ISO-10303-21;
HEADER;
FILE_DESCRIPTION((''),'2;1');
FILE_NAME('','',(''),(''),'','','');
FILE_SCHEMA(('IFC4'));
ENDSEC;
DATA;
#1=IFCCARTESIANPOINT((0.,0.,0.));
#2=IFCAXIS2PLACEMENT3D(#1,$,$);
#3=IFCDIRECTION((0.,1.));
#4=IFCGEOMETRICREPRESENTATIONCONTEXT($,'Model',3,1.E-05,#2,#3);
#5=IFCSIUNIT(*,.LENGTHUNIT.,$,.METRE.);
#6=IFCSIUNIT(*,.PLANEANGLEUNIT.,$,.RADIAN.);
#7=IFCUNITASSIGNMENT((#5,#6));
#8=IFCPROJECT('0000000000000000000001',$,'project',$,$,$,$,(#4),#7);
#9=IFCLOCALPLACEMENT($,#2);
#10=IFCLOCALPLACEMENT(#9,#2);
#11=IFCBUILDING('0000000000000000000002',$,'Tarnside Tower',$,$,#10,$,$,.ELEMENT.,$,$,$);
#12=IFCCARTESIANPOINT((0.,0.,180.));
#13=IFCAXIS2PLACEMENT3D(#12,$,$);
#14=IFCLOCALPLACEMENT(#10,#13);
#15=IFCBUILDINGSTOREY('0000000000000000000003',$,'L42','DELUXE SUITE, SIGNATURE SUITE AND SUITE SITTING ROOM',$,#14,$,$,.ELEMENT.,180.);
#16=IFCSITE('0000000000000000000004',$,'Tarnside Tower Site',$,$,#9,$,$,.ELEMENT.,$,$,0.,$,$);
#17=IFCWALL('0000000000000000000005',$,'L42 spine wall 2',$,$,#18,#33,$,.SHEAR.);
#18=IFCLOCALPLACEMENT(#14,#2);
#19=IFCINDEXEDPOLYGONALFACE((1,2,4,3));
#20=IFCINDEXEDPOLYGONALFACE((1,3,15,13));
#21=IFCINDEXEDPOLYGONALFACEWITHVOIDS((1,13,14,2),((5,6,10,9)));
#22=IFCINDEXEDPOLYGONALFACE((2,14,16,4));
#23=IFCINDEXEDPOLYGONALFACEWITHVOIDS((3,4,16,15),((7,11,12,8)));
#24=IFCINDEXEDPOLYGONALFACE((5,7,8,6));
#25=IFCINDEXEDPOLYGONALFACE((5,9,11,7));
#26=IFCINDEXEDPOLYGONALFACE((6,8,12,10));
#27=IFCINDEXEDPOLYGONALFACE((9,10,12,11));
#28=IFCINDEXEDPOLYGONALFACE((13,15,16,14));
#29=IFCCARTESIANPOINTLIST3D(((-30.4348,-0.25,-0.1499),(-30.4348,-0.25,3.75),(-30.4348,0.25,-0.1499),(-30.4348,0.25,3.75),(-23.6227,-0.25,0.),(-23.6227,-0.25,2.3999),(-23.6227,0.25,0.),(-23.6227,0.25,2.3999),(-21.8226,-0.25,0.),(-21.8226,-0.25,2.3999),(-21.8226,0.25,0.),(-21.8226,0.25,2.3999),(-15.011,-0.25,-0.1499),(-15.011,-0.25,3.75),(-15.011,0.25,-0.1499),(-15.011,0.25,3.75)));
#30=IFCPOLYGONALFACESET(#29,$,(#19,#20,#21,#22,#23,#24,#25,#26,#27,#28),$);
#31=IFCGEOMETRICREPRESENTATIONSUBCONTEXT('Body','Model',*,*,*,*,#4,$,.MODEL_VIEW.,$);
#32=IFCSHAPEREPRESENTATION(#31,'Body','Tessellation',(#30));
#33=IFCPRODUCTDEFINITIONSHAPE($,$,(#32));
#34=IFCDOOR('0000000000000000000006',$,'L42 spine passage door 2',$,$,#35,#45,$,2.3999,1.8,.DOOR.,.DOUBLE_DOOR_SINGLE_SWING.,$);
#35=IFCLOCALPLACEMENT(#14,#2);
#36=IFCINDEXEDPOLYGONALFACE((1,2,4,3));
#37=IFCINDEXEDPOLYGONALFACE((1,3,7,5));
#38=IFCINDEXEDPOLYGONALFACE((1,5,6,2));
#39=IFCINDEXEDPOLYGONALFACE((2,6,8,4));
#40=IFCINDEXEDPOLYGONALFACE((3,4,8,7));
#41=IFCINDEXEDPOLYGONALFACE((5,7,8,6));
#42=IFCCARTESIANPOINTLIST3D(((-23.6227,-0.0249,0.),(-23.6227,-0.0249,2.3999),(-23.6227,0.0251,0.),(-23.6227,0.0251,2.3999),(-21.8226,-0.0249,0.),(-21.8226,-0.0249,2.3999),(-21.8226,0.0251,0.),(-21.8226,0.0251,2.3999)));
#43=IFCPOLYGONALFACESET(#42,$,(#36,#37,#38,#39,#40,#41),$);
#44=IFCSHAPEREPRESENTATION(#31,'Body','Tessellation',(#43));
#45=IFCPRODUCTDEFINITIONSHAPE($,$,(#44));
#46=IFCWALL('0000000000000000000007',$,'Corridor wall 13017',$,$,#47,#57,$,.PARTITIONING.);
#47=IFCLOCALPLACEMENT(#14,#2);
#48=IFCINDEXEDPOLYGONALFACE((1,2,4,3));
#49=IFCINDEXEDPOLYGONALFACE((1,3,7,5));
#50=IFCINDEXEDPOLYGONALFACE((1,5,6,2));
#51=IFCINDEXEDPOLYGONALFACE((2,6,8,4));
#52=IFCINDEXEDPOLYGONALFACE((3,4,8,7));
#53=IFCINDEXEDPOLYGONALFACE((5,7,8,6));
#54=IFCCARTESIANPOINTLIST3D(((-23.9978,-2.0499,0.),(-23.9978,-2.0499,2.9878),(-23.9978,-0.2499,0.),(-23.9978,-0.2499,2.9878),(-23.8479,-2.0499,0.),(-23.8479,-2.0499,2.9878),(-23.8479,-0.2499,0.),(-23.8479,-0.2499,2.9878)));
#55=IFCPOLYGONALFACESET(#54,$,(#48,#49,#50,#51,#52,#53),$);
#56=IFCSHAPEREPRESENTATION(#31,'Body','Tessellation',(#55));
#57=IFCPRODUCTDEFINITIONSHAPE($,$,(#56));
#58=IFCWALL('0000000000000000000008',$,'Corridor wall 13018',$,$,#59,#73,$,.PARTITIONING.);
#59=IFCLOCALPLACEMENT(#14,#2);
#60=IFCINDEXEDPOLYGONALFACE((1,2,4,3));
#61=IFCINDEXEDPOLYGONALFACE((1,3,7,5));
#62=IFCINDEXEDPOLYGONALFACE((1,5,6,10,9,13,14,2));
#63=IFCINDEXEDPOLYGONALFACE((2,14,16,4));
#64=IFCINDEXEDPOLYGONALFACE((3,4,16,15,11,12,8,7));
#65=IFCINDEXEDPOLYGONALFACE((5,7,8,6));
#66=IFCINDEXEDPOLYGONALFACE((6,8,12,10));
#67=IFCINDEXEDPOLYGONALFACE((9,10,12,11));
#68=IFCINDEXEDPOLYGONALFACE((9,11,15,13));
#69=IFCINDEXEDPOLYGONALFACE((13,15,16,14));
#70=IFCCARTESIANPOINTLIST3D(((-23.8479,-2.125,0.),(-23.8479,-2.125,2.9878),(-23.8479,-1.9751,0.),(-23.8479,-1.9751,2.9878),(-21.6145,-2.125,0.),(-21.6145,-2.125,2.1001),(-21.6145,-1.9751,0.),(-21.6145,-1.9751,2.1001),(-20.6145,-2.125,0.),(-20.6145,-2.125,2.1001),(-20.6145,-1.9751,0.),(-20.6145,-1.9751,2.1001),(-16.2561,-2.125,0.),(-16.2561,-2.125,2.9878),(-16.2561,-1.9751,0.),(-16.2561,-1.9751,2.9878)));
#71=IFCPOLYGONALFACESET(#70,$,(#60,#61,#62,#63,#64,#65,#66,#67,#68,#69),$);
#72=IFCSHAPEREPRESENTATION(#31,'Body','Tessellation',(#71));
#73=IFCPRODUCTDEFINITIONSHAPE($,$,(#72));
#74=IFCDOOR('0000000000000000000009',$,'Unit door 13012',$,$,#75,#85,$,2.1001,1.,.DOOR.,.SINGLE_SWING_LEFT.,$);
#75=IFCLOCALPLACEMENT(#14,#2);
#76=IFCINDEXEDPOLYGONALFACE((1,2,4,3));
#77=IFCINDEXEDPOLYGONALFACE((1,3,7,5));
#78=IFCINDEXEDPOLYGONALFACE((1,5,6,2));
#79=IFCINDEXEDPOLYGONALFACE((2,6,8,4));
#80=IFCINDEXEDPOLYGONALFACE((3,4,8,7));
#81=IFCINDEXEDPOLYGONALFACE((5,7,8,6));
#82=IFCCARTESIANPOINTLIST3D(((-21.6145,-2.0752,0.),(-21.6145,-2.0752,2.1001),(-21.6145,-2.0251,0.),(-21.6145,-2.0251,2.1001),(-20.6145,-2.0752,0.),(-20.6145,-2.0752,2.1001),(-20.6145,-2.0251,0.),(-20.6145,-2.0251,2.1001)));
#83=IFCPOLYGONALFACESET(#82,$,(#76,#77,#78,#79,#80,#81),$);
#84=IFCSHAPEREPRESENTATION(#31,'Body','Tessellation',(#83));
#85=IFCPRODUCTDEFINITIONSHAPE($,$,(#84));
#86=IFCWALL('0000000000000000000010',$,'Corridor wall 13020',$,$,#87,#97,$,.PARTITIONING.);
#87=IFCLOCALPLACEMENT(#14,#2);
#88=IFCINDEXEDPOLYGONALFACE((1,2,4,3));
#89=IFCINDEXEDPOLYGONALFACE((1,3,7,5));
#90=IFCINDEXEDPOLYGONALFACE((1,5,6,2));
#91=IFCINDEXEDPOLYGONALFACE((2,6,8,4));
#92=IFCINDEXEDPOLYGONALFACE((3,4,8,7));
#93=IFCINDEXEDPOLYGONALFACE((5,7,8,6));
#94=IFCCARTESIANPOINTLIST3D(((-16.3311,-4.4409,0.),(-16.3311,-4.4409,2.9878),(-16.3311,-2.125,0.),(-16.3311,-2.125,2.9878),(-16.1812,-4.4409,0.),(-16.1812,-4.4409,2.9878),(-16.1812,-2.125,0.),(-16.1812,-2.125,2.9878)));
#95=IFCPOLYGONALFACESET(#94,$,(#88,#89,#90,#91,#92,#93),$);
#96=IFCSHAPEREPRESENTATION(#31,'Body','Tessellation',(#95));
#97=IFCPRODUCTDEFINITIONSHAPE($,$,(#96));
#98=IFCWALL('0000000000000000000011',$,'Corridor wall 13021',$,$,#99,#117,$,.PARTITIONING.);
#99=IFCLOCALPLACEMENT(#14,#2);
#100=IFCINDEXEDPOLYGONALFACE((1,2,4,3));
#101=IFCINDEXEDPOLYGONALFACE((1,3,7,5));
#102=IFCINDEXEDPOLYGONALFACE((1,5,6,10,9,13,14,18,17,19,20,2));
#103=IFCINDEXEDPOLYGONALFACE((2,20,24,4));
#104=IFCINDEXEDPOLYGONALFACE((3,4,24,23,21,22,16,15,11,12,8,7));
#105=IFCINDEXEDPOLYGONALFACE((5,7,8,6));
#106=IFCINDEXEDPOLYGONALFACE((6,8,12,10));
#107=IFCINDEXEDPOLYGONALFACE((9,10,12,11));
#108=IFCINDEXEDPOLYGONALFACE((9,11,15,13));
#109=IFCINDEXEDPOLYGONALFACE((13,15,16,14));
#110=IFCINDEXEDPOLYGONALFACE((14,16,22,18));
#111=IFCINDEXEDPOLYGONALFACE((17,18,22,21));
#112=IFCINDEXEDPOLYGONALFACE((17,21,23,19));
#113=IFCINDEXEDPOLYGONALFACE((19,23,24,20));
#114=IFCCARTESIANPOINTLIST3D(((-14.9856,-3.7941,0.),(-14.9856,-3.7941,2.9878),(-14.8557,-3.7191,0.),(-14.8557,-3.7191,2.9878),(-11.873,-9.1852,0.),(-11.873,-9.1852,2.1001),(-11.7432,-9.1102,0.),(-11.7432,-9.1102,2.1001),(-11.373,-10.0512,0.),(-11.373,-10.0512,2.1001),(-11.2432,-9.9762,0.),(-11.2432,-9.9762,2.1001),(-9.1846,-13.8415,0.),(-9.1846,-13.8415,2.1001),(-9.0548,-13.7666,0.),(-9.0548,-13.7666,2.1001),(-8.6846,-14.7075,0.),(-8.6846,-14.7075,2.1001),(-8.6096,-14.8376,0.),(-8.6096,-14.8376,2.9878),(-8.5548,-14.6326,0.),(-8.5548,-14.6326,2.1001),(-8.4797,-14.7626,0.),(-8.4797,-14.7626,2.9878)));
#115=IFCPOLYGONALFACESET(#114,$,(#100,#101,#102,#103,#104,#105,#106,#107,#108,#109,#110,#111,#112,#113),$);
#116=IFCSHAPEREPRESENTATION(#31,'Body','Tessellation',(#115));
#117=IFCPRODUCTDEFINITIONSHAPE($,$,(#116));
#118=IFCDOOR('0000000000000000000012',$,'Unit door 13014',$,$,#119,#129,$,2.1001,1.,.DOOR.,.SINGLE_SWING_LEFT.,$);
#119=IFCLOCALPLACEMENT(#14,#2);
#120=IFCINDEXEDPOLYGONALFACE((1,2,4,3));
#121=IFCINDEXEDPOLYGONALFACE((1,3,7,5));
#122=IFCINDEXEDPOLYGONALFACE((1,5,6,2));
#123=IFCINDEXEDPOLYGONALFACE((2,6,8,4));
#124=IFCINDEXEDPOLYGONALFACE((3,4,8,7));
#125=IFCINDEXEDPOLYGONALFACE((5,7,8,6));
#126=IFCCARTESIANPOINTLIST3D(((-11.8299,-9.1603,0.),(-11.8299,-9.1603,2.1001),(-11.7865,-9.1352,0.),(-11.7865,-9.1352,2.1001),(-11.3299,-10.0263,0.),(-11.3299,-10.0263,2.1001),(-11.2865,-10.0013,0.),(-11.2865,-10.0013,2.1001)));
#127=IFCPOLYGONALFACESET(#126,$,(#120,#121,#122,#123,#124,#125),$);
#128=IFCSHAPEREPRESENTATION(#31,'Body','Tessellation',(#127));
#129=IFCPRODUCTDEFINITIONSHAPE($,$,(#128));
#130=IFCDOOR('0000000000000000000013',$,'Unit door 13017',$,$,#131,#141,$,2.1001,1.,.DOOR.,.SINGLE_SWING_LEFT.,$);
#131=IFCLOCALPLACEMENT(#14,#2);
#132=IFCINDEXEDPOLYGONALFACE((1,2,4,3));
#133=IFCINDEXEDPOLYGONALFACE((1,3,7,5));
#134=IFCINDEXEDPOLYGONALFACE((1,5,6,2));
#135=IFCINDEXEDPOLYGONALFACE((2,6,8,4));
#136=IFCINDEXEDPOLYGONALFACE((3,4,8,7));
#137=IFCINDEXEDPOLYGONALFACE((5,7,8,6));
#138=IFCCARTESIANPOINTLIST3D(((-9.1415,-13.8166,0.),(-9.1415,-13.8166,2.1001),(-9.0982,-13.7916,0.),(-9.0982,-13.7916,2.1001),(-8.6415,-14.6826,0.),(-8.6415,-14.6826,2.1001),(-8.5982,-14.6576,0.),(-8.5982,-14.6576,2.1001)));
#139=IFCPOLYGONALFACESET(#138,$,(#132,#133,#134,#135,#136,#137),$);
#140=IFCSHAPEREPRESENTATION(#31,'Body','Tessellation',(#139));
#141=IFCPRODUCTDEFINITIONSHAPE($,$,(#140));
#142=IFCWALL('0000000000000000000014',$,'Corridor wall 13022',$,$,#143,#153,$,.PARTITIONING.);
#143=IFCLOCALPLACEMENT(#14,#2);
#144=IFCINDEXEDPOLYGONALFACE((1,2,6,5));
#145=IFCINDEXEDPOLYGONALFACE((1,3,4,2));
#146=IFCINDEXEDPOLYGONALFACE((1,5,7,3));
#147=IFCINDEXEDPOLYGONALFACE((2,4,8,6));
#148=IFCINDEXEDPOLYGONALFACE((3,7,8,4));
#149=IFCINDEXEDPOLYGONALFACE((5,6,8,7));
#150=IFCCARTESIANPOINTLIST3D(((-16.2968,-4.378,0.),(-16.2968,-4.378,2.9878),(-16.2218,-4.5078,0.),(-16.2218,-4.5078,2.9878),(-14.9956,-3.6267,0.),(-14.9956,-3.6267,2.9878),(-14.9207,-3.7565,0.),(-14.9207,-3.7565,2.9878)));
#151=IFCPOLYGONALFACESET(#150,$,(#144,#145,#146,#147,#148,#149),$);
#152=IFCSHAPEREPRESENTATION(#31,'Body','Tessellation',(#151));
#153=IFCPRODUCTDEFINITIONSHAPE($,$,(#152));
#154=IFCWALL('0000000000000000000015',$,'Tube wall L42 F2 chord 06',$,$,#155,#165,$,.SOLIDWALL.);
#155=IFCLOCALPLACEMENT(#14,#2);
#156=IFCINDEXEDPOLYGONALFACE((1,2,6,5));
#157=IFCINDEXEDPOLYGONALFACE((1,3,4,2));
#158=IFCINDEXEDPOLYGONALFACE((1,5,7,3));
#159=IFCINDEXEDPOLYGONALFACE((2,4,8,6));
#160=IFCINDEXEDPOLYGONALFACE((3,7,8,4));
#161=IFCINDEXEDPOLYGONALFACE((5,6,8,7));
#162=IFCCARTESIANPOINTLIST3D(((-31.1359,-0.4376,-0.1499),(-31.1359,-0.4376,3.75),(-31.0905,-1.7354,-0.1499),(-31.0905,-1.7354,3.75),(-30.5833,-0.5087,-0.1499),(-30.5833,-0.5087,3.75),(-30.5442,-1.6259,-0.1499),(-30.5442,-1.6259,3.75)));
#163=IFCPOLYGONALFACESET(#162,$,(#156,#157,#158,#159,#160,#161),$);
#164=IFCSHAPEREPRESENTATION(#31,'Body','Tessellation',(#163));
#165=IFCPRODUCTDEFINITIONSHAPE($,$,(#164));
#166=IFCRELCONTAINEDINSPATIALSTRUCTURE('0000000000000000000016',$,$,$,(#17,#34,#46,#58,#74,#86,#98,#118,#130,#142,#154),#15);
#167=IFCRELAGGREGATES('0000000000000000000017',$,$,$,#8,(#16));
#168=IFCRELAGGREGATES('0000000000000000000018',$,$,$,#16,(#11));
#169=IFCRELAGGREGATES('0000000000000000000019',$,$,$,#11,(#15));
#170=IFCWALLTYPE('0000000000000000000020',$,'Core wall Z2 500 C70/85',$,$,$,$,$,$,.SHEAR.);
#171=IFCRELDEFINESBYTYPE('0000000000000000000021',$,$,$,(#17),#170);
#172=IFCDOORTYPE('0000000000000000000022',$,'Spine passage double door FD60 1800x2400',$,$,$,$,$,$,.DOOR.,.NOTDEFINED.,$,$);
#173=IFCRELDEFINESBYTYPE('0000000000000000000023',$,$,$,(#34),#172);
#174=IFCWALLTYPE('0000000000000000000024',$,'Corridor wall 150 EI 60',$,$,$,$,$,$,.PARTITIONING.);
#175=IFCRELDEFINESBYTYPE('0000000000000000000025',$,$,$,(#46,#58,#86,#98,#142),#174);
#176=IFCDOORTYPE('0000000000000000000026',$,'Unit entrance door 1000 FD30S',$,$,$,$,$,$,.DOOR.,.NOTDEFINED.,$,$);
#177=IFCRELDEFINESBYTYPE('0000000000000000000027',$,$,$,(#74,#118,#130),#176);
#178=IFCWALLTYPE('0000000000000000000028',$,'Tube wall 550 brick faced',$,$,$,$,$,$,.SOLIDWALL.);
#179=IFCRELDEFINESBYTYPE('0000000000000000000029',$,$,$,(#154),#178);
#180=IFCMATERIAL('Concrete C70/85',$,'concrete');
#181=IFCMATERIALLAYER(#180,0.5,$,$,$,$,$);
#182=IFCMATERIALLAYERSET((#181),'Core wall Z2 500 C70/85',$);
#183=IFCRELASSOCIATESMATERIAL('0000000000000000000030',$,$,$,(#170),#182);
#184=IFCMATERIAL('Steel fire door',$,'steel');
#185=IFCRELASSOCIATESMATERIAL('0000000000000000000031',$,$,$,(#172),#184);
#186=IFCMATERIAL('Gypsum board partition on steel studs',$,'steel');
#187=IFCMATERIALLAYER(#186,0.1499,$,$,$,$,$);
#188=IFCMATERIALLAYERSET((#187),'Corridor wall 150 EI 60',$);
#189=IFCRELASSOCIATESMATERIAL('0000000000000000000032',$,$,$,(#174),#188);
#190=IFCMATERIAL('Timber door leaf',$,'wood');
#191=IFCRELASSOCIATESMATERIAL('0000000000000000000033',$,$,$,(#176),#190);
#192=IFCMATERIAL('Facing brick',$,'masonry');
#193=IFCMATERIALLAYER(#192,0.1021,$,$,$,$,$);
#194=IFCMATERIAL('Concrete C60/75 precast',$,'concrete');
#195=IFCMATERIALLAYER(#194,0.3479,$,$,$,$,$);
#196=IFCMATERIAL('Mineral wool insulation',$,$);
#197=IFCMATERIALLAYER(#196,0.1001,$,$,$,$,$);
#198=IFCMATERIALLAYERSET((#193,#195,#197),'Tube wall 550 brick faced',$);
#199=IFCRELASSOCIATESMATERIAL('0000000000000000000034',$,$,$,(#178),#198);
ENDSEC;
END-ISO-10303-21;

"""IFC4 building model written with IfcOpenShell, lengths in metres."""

from ifc_helpers import new_model, si_unit, direction, frame, frame_2d, origin, place, context, subcontext, project, spatial, polyline, rectangle, outline, extrude, material, layer, layer_set, type_object, element, fill, save


model = new_model("IFC4")

# Units and contexts
model_context = context("Model", 3, precision=1e-05, world=origin(), true_north=direction((0.0, 1.0)))
body_context = subcontext(model_context, "Body", "Model", "MODEL_VIEW")
ifc_project = project(units=[si_unit("LENGTHUNIT", "METRE"), si_unit("PLANEANGLEUNIT", "RADIAN")], contexts=[model_context])

# Site, building, storey
site_placement = place(None, origin())
site = spatial("IfcSite", under=ifc_project, at=site_placement, Name="Tarnside Tower Site", CompositionType="ELEMENT", RefElevation=0.0)
building_placement = place(site_placement, origin())
building = spatial("IfcBuilding", under=site, at=building_placement, Name="Tarnside Tower", CompositionType="ELEMENT")
storey_placement = place(building_placement, frame((0.0, 0.0, 180.0)))
storey = spatial("IfcBuildingStorey", under=building, at=storey_placement, Name="L42", Description="DELUXE SUITE, SIGNATURE SUITE AND SUITE SITTING ROOM", CompositionType="ELEMENT", Elevation=180.0)

# Shared definitions
ifc_material_1 = material(Name="Gypsum board partition on steel studs", Category="steel")

# Wall, opening, door
ifc_material_2 = material(Name="Timber door leaf", Category="wood")
ifc_material_3 = material(Name="Concrete C70/85", Category="concrete")
ifc_layer_1 = layer(ifc_material_3, 0.5)
ifc_layer_set_1 = layer_set([ifc_layer_1], Name="Core wall Z2 500 C70/85")
wall_type_1 = type_object("IfcWallType", Name="Core wall Z2 500 C70/85", PredefinedType="SHEAR", material=ifc_layer_set_1)
wall_1_placement = place(storey_placement, frame((-15.011, 0.0, -0.1499), z_axis=(0.0, 0.0, 1.0), x_axis=(-1.0, 0.0, 0.0)))
wall_1 = element("IfcWall", 1, at=wall_1_placement, inside=storey, type_object=wall_type_1, Name="L42 spine wall 2", PredefinedType="SHEAR", context=body_context, shape_type="SweptSolid", body=[
    extrude(rectangle(XDim=15.4238, YDim=0.5, at=frame_2d((7.7119, 0.0))), origin(), (0.0, 0.0, 1.0), 3.8999),
])
opening_1_placement = place(wall_1_placement, frame((6.8118, 0.0, 0.1499)))
opening_1 = element("IfcOpeningElement", 2, at=opening_1_placement, cuts=wall_1, PredefinedType="OPENING", context=body_context, shape_type="SweptSolid", body=[
    extrude(rectangle(XDim=1.8, YDim=2.3999, at=frame_2d((0.8999, 1.2))), frame((0.0, 0.26, 0.0), z_axis=(0.0, -1.0, 0.0), x_axis=(1.0, 0.0, 0.0)), (0.0, 0.0, 1.0), 0.52),
])
ifc_material_4 = material(Name="Steel fire door", Category="steel")
door_type_1 = type_object("IfcDoorType", Name="Spine passage double door FD60 1800x2400", OperationType="NOTDEFINED", PredefinedType="DOOR", material=ifc_material_4)
door_1_placement = place(opening_1_placement, origin())
door_1 = element("IfcDoor", 3, at=door_1_placement, inside=storey, type_object=door_type_1, Name="L42 spine passage door 2", OperationType="DOUBLE_DOOR_SINGLE_SWING", OverallHeight=2.3999, OverallWidth=1.8, PredefinedType="DOOR", context=body_context, shape_type="SweptSolid", body=[
    extrude(rectangle(XDim=1.8, YDim=2.3999, at=frame_2d((0.8999, 1.2))), frame((0.0, 0.0249, 0.0), z_axis=(0.0, -1.0, 0.0), x_axis=(1.0, 0.0, 0.0)), (0.0, 0.0, 1.0), 0.05),
])
fill(opening_1, door_1)

# Wall
ifc_layer_2 = layer(ifc_material_1, 0.1499)
ifc_layer_set_2 = layer_set([ifc_layer_2], Name="Corridor wall 150 EI 60")
wall_type_2 = type_object("IfcWallType", Name="Corridor wall 150 EI 60", PredefinedType="PARTITIONING", material=ifc_layer_set_2)
wall_2_placement = place(storey_placement, frame((-23.9229, -0.25, 0.0), z_axis=(0.0, 0.0, 1.0), x_axis=(0.0, -1.0, 0.0)))
element("IfcWall", 4, at=wall_2_placement, inside=storey, type_object=wall_type_2, Name="Corridor wall 13017", PredefinedType="PARTITIONING", context=body_context, shape_type="SweptSolid", body=[
    extrude(rectangle(XDim=1.8, YDim=0.1499, at=frame_2d((0.8999, 0.0))), origin(), (0.0, 0.0, 1.0), 2.9878),
])

# Wall, opening, door
wall_3_placement = place(storey_placement, frame((-23.8479, -2.05, 0.0), z_axis=(0.0, 0.0, 1.0), x_axis=(1.0, 0.0, 0.0)))
wall_3 = element("IfcWall", 5, at=wall_3_placement, inside=storey, type_object=wall_type_2, Name="Corridor wall 13018", PredefinedType="PARTITIONING", context=body_context, shape_type="SweptSolid", body=[
    extrude(rectangle(XDim=7.5918, YDim=0.1499, at=frame_2d((3.7959, 0.0))), origin(), (0.0, 0.0, 1.0), 2.9878),
])
opening_2_placement = place(wall_3_placement, frame((2.2334, 0.0, 0.0)))
opening_2 = element("IfcOpeningElement", 6, at=opening_2_placement, cuts=wall_3, PredefinedType="OPENING", context=body_context, shape_type="SweptSolid", body=[
    extrude(rectangle(XDim=1.0, YDim=2.1001, at=frame_2d((0.5, 1.05))), frame((0.0, 0.085, 0.0), z_axis=(0.0, -1.0, 0.0), x_axis=(1.0, 0.0, 0.0)), (0.0, 0.0, 1.0), 0.1699),
])
door_type_2 = type_object("IfcDoorType", Name="Unit entrance door 1000 FD30S", OperationType="NOTDEFINED", PredefinedType="DOOR", material=ifc_material_2)
door_2_placement = place(opening_2_placement, origin())
door_2 = element("IfcDoor", 7, at=door_2_placement, inside=storey, type_object=door_type_2, Name="Unit door 13012", OperationType="SINGLE_SWING_LEFT", OverallHeight=2.1001, OverallWidth=1.0, PredefinedType="DOOR", context=body_context, shape_type="SweptSolid", body=[
    extrude(rectangle(XDim=1.0, YDim=2.1001, at=frame_2d((0.5, 1.05))), frame((0.0, 0.0249, 0.0), z_axis=(0.0, -1.0, 0.0), x_axis=(1.0, 0.0, 0.0)), (0.0, 0.0, 1.0), 0.05),
])
fill(opening_2, door_2)

# Wall
wall_4_placement = place(storey_placement, frame((-16.2561, -2.125, 0.0), z_axis=(0.0, 0.0, 1.0), x_axis=(0.0, -1.0, 0.0)))
element("IfcWall", 8, at=wall_4_placement, inside=storey, type_object=wall_type_2, Name="Corridor wall 13020", PredefinedType="PARTITIONING", context=body_context, shape_type="SweptSolid", body=[
    extrude(rectangle(XDim=2.3159, YDim=0.1499, at=frame_2d((1.158, 0.0))), origin(), (0.0, 0.0, 1.0), 2.9878),
])

# Wall, openings, doors
wall_5_placement = place(storey_placement, frame((-14.9207, -3.7566, 0.0), z_axis=(0.0, 0.0, 1.0), x_axis=(0.500002, -0.866024, 0.0)))
wall_5 = element("IfcWall", 9, at=wall_5_placement, inside=storey, type_object=wall_type_2, Name="Corridor wall 13021", PredefinedType="PARTITIONING", context=body_context, shape_type="SweptSolid", body=[
    extrude(rectangle(XDim=12.752, YDim=0.1499, at=frame_2d((6.376, 0.0))), origin(), (0.0, 0.0, 1.0), 2.9878),
])
opening_3_placement = place(wall_5_placement, frame((6.2251, 0.0, 0.0)))
opening_3 = element("IfcOpeningElement", 10, at=opening_3_placement, cuts=wall_5, PredefinedType="OPENING", context=body_context, shape_type="SweptSolid", body=[
    extrude(rectangle(XDim=1.0, YDim=2.1001, at=frame_2d((0.5, 1.05))), frame((0.0, 0.085, 0.0), z_axis=(0.0, -1.0, 0.0), x_axis=(1.0, 0.0, 0.0)), (0.0, 0.0, 1.0), 0.1699),
])
opening_4_placement = place(wall_5_placement, frame((11.6018, 0.0, 0.0)))
opening_4 = element("IfcOpeningElement", 11, at=opening_4_placement, cuts=wall_5, PredefinedType="OPENING", context=body_context, shape_type="SweptSolid", body=[
    extrude(rectangle(XDim=1.0, YDim=2.1001, at=frame_2d((0.5, 1.05))), frame((0.0, 0.085, 0.0), z_axis=(0.0, -1.0, 0.0), x_axis=(1.0, 0.0, 0.0)), (0.0, 0.0, 1.0), 0.1699),
])
door_3_placement = place(opening_3_placement, origin())
door_3 = element("IfcDoor", 12, at=door_3_placement, inside=storey, type_object=door_type_2, Name="Unit door 13014", OperationType="SINGLE_SWING_LEFT", OverallHeight=2.1001, OverallWidth=1.0, PredefinedType="DOOR", context=body_context, shape_type="SweptSolid", body=[
    extrude(rectangle(XDim=1.0, YDim=2.1001, at=frame_2d((0.5, 1.05))), frame((0.0, 0.0249, 0.0), z_axis=(0.0, -1.0, 0.0), x_axis=(1.0, 0.0, 0.0)), (0.0, 0.0, 1.0), 0.05),
])
fill(opening_3, door_3)
door_4_placement = place(opening_4_placement, origin())
door_4 = element("IfcDoor", 13, at=door_4_placement, inside=storey, type_object=door_type_2, Name="Unit door 13017", OperationType="SINGLE_SWING_LEFT", OverallHeight=2.1001, OverallWidth=1.0, PredefinedType="DOOR", context=body_context, shape_type="SweptSolid", body=[
    extrude(rectangle(XDim=1.0, YDim=2.1001, at=frame_2d((0.5, 1.05))), frame((0.0, 0.0249, 0.0), z_axis=(0.0, -1.0, 0.0), x_axis=(1.0, 0.0, 0.0)), (0.0, 0.0, 1.0), 0.05),
])
fill(opening_4, door_4)

# Walls
wall_6_placement = place(storey_placement, frame((-16.2593, -4.4429, 0.0), z_axis=(0.0, 0.0, 1.0), x_axis=(0.866004, 0.500037, 0.0)))
element("IfcWall", 14, at=wall_6_placement, inside=storey, type_object=wall_type_2, Name="Corridor wall 13022", PredefinedType="PARTITIONING", context=body_context, shape_type="SweptSolid", body=[
    extrude(rectangle(XDim=1.5024, YDim=0.1499, at=frame_2d((0.7512, 0.0))), origin(), (0.0, 0.0, 1.0), 2.9878),
])
ifc_material_5 = material(Name="Facing brick", Category="masonry")
ifc_layer_3 = layer(ifc_material_5, 0.1021)
ifc_material_6 = material(Name="Concrete C60/75 precast", Category="concrete")
ifc_layer_4 = layer(ifc_material_6, 0.3479)
ifc_material_7 = material(Name="Mineral wool insulation")
ifc_layer_5 = layer(ifc_material_7, 0.1001)
ifc_layer_set_3 = layer_set([ifc_layer_3, ifc_layer_4, ifc_layer_5], Name="Tube wall 550 brick faced")
wall_type_3 = type_object("IfcWallType", Name="Tube wall 550 brick faced", PredefinedType="SOLIDWALL", material=ifc_layer_set_3)
wall_7_placement = place(storey_placement, frame((-30.8596, -0.4731, -0.1499), z_axis=(0.0, 0.0, 1.0), x_axis=(0.034956, -0.999389, 0.0)))
element("IfcWall", 15, at=wall_7_placement, inside=storey, type_object=wall_type_3, Name="Tube wall L42 F2 chord 06", PredefinedType="SOLIDWALL", context=body_context, shape_type="SweptSolid", body=[
    extrude(outline(polyline([(-0.0452, -0.2749), (1.2534, -0.2749), (1.1631, 0.2749), (0.0452, 0.2749), (-0.0452, -0.2749)])), origin(), (0.0, 0.0, 1.0), 3.8999),
])

save(model, "model.ifc")
